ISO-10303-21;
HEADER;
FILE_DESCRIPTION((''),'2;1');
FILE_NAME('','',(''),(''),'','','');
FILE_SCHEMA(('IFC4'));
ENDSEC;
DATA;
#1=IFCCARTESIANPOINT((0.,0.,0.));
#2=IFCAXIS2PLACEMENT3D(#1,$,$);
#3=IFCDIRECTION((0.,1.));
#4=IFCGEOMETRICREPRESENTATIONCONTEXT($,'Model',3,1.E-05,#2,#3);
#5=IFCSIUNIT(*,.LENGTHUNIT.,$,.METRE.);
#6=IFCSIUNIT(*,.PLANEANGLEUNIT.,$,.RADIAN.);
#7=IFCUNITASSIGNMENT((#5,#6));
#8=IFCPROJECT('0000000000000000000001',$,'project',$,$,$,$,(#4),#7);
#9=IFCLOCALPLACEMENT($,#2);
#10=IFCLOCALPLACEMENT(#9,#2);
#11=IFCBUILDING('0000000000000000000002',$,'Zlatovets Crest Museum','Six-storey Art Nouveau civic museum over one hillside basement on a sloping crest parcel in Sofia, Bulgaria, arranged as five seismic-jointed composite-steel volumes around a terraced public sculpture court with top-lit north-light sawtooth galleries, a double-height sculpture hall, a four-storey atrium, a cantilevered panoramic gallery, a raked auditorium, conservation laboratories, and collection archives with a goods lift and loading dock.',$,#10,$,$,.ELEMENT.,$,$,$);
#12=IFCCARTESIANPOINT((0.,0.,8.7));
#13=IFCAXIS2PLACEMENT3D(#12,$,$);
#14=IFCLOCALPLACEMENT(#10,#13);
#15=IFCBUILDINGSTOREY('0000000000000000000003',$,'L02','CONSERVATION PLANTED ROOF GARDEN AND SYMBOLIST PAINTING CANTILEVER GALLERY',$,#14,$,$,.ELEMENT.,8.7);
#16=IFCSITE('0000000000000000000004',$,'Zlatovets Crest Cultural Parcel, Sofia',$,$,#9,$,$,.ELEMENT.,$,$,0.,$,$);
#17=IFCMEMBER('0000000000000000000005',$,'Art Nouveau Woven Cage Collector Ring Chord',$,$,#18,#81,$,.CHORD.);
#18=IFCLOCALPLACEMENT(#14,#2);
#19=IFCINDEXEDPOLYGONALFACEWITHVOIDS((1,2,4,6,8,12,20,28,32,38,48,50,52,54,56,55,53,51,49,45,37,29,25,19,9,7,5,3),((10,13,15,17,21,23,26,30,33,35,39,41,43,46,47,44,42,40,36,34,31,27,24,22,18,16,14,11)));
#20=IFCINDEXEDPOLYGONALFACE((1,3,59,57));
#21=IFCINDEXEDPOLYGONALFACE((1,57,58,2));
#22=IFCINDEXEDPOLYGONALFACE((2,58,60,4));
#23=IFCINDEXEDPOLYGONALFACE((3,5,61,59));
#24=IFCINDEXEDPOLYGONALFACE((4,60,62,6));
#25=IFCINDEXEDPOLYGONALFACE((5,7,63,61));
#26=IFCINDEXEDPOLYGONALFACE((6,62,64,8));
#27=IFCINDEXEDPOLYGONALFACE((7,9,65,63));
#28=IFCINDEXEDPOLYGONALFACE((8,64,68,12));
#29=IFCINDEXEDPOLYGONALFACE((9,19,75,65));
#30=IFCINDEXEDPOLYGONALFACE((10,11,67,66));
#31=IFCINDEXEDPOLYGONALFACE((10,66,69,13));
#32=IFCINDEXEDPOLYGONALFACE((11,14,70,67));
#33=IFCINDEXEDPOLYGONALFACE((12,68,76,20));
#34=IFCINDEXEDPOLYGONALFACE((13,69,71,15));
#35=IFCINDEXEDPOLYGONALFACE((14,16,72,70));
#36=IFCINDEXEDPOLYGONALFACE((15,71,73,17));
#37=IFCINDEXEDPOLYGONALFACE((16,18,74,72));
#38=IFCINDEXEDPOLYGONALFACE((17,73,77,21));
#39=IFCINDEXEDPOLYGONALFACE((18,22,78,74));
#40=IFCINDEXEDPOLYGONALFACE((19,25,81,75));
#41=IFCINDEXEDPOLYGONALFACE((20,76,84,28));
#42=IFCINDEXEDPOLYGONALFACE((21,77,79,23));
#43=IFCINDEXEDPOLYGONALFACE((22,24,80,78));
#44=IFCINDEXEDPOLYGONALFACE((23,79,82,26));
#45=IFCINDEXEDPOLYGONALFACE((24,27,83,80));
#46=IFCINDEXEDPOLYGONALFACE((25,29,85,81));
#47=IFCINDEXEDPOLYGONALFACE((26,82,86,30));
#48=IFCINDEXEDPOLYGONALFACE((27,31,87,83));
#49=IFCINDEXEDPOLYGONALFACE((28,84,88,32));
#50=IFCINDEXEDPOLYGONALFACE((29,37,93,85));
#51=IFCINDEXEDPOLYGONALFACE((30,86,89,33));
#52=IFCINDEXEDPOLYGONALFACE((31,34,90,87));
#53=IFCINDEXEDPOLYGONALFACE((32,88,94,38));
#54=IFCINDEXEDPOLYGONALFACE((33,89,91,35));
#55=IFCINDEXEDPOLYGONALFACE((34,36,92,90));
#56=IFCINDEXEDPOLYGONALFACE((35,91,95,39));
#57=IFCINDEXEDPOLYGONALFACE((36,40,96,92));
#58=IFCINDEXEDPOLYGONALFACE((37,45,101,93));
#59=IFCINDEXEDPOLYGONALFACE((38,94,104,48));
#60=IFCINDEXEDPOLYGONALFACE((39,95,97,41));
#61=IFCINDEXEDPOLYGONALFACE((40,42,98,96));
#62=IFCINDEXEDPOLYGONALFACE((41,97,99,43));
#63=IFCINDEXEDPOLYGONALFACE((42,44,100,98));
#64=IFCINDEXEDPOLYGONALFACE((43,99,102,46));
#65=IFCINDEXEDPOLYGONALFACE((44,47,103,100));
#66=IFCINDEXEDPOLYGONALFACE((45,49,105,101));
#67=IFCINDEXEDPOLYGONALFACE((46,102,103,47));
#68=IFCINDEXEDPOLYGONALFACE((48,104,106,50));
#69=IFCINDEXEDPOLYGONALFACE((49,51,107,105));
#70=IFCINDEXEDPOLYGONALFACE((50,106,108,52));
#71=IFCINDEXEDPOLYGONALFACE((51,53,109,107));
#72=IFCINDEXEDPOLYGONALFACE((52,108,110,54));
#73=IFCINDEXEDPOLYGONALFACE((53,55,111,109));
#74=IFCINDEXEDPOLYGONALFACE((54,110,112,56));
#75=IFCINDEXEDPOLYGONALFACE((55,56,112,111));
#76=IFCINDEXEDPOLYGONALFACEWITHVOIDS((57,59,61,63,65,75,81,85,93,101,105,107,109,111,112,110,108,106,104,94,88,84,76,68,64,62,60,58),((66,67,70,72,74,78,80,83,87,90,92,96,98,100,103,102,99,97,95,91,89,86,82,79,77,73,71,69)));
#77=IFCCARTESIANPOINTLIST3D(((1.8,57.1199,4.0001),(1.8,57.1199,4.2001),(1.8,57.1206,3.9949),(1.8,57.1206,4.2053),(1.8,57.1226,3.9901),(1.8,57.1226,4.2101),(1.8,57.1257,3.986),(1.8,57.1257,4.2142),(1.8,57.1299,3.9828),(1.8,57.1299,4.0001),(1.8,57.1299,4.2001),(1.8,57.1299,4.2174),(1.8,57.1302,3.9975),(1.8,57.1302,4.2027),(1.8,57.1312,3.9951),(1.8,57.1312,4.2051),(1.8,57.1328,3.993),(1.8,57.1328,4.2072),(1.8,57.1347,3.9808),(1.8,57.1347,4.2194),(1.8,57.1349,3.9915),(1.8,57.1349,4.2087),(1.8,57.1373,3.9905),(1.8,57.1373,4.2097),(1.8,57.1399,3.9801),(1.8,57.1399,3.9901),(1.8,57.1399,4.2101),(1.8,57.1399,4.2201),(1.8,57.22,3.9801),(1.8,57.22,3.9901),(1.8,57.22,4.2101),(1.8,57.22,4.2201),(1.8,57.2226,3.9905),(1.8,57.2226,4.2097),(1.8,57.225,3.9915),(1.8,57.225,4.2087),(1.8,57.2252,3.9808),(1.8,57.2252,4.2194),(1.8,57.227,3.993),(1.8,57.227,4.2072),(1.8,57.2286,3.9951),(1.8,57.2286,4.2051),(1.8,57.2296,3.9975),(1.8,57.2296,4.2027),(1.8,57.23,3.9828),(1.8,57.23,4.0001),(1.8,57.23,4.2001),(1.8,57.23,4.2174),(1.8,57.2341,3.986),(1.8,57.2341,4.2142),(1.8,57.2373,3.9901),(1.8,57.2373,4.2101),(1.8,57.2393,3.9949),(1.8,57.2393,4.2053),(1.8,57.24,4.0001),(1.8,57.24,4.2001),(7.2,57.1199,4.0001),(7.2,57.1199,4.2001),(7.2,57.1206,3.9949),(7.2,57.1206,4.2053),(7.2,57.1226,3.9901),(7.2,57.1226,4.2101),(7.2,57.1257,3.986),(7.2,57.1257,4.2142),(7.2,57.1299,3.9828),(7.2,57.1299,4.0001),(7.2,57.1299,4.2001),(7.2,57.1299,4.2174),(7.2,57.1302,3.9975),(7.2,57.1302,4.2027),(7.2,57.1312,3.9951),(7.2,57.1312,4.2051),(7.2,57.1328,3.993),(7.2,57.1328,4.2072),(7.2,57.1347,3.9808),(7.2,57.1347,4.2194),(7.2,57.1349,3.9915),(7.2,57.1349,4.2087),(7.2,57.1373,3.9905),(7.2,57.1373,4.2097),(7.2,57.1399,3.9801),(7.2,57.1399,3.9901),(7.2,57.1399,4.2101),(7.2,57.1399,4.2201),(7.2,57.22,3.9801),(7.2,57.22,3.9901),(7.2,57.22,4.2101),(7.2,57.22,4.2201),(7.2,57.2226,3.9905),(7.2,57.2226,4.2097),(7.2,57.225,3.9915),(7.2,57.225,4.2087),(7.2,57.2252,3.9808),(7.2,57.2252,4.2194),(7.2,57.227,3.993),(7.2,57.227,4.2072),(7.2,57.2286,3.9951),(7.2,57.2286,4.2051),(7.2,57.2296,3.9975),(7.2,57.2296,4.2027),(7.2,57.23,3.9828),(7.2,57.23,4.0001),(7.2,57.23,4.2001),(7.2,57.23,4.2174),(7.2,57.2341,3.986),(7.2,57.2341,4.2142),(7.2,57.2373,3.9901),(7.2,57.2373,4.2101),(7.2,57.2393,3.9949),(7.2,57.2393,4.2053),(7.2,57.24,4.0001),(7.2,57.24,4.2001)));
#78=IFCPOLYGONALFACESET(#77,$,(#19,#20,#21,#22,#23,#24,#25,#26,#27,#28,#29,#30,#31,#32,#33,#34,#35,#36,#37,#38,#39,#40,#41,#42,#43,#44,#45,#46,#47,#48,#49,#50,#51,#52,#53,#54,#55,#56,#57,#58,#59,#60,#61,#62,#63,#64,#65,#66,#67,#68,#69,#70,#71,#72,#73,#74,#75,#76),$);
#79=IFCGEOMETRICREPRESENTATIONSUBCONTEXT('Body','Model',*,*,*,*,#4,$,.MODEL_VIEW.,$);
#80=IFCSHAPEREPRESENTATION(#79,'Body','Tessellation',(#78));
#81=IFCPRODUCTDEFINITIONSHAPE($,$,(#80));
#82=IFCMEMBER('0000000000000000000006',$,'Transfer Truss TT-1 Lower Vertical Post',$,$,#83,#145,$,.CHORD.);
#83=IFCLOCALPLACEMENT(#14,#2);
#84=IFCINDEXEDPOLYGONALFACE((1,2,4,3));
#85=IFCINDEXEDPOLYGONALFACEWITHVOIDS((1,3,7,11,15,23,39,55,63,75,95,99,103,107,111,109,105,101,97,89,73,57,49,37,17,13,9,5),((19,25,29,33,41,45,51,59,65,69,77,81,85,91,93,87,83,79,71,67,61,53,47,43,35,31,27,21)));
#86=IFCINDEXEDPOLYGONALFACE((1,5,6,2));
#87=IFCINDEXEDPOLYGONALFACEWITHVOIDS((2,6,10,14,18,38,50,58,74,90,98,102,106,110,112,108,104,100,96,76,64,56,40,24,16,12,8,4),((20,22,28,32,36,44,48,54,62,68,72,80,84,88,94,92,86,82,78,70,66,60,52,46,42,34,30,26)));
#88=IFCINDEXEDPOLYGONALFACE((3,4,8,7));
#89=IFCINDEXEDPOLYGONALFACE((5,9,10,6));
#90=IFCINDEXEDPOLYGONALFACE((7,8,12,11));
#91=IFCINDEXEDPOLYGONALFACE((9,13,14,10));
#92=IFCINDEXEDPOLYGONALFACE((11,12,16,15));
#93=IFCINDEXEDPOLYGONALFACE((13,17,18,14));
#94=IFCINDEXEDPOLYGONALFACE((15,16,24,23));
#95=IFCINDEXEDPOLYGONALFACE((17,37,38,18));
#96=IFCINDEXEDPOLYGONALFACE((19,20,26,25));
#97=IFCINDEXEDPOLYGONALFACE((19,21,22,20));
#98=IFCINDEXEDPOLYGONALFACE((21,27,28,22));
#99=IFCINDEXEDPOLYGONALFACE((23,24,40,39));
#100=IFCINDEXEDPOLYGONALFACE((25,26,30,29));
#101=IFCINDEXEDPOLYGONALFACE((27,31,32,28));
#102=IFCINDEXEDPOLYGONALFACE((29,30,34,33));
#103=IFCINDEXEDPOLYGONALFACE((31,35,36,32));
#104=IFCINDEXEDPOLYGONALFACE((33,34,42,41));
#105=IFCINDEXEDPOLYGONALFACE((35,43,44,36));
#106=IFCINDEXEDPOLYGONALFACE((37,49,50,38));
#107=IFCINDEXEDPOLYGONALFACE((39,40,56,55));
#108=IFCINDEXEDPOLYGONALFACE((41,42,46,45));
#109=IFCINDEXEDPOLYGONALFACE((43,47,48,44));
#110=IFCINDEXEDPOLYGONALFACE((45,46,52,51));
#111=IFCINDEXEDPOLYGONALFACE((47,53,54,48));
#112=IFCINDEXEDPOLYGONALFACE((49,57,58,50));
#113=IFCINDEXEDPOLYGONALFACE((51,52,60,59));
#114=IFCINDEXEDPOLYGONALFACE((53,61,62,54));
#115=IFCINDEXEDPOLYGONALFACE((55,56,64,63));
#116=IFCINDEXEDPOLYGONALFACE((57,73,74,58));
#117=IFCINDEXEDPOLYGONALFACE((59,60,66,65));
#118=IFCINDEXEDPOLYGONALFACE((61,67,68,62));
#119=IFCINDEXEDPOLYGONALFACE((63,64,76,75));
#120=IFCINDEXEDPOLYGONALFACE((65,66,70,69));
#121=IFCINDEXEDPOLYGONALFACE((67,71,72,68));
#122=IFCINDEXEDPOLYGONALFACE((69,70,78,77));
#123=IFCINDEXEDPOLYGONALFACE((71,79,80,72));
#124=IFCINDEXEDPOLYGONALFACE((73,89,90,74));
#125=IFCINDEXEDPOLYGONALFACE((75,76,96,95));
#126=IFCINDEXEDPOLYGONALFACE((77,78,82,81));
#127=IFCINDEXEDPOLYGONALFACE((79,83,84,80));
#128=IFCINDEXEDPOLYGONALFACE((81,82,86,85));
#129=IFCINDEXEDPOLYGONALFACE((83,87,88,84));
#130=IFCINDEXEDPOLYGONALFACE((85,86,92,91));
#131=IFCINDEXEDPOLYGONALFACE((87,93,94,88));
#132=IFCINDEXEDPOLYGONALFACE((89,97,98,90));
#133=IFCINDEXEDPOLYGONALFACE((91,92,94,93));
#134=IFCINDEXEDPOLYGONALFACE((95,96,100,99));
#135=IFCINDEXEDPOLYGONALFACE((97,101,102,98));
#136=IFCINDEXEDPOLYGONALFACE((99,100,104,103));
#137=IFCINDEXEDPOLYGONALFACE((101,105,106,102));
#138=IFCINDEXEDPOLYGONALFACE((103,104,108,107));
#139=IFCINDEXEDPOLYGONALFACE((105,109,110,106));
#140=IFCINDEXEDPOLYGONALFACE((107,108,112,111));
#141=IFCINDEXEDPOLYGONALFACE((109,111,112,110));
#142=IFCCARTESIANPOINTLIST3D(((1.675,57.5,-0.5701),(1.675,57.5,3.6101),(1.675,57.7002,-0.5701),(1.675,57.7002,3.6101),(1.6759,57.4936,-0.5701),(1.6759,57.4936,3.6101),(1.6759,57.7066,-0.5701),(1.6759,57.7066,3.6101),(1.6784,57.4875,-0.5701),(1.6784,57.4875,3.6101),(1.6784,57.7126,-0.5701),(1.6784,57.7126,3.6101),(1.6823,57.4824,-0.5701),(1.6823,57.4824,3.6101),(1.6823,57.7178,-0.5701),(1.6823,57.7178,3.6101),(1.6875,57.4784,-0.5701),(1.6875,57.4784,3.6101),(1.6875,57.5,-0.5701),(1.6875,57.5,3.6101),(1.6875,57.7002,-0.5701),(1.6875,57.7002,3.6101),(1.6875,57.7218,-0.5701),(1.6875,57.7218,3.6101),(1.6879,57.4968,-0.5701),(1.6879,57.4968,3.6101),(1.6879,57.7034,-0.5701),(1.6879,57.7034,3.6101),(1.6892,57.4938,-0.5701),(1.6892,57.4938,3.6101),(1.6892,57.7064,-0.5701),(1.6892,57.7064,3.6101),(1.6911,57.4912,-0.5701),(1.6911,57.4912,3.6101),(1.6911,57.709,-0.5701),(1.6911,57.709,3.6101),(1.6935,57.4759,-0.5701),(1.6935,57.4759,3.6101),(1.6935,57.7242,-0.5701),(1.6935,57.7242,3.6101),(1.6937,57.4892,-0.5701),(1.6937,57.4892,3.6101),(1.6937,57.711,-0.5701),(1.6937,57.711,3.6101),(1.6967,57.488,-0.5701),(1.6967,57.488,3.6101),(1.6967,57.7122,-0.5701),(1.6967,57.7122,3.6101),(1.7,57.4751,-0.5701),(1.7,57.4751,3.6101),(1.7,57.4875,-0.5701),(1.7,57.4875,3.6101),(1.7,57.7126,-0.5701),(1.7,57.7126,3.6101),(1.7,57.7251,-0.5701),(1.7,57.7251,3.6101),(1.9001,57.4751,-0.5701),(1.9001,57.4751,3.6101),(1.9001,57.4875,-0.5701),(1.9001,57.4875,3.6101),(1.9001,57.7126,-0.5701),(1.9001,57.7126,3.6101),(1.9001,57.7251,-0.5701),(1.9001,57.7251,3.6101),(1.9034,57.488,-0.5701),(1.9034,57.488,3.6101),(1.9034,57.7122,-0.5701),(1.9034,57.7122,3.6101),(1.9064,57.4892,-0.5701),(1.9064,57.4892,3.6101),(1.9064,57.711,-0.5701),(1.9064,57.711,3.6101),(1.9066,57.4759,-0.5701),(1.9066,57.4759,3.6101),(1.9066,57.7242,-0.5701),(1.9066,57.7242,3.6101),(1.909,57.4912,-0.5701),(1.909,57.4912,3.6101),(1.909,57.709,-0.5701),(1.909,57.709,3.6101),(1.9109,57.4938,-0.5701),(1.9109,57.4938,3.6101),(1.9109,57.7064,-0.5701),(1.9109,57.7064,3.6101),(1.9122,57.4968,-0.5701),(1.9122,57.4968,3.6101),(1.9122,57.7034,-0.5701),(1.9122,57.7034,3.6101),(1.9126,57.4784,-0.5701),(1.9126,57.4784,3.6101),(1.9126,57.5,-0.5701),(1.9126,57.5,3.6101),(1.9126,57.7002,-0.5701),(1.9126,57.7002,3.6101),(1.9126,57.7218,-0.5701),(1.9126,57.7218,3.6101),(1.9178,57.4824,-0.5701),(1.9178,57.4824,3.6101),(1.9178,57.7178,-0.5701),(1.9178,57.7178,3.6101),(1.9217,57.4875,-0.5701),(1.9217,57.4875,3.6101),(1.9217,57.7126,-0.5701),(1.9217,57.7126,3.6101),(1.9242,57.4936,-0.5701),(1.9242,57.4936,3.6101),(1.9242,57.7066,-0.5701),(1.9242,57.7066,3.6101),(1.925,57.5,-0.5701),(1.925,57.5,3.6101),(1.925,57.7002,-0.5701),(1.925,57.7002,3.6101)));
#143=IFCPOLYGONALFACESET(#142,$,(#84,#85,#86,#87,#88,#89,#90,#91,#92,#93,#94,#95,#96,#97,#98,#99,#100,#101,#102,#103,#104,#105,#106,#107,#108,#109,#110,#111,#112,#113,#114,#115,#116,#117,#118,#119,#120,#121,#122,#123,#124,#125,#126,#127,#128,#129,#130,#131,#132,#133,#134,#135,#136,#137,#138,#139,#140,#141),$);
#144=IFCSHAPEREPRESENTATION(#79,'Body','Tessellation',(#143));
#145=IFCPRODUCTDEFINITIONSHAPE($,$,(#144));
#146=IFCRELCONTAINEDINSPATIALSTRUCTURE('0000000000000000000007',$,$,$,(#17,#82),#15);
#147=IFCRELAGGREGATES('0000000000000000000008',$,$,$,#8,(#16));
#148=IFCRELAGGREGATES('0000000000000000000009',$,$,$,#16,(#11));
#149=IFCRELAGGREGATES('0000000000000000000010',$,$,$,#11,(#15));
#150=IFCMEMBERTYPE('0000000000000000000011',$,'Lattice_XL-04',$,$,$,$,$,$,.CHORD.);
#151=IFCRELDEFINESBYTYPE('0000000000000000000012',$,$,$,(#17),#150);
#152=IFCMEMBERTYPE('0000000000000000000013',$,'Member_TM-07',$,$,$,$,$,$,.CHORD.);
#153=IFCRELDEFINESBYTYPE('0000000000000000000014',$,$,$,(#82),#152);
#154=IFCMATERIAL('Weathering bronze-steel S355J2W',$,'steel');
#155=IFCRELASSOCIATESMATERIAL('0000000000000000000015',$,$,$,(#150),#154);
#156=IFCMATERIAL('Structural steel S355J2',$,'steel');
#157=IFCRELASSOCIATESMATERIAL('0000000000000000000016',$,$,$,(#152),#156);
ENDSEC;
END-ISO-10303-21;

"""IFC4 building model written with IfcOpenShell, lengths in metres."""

from ifc_helpers import new_model, si_unit, direction, frame, origin, origin_2d, place, context, subcontext, project, spatial, hollow_rectangle, extrude, material, material_profile, profile_set, type_object, element, save


model = new_model("IFC4")

# Units and contexts
model_context = context("Model", 3, precision=1e-05, world=origin(), true_north=direction((0.0, 1.0)))
body_context = subcontext(model_context, "Body", "Model", "MODEL_VIEW")
ifc_project = project(units=[si_unit("LENGTHUNIT", "METRE"), si_unit("PLANEANGLEUNIT", "RADIAN")], contexts=[model_context])

# Site, building, storey
site_placement = place(None, origin())
site = spatial("IfcSite", under=ifc_project, at=site_placement, Name="Zlatovets Crest Cultural Parcel, Sofia", CompositionType="ELEMENT", RefElevation=0.0)
building_placement = place(site_placement, origin())
building = spatial("IfcBuilding", under=site, at=building_placement, Name="Zlatovets Crest Museum", Description="Six-storey Art Nouveau civic museum over one hillside basement on a sloping crest parcel in Sofia, Bulgaria, arranged as five seismic-jointed composite-steel volumes around a terraced public sculpture court with top-lit north-light sawtooth galleries, a double-height sculpture hall, a four-storey atrium, a cantilevered panoramic gallery, a raked auditorium, conservation laboratories, and collection archives with a goods lift and loading dock.", CompositionType="ELEMENT")
storey_placement = place(building_placement, frame((0.0, 0.0, 8.7)))
storey = spatial("IfcBuildingStorey", under=building, at=storey_placement, Name="L02", Description="CONSERVATION PLANTED ROOF GARDEN AND SYMBOLIST PAINTING CANTILEVER GALLERY", CompositionType="ELEMENT", Elevation=8.7)

# Shared definitions
ifc_material_1 = material(Name="Structural steel S355J2", Category="steel")

# Members
ifc_material_2 = material(Name="Weathering bronze-steel S355J2W", Category="steel")
ifc_material_profile_1 = material_profile(ifc_material_2, hollow_rectangle(XDim=0.1201, YDim=0.24, WallThickness=0.01, InnerFilletRadius=0.01, OuterFilletRadius=0.02, at=origin_2d()), Name="RHS 120x240x10.0")
ifc_profile_set_1 = profile_set([ifc_material_profile_1], Name="Weathering bronze-steel S355J2W")
member_type_1 = type_object("IfcMemberType", Name="Lattice_XL-04", PredefinedType="CHORD", material=ifc_profile_set_1)
member_1_placement = place(storey_placement, frame((1.8, 57.1799, 4.1001), z_axis=(1.0, 0.0, 0.0), x_axis=(0.0, 1.0, 0.0)))
element("IfcMember", 1, at=member_1_placement, inside=storey, type_object=member_type_1, Name="Art Nouveau Woven Cage Collector Ring Chord", PredefinedType="CHORD", context=body_context, shape_type="SweptSolid", body=[
    extrude(hollow_rectangle(XDim=0.1201, YDim=0.24, WallThickness=0.01, InnerFilletRadius=0.01, OuterFilletRadius=0.02, at=origin_2d()), origin(), (0.0, 0.0, 1.0), 5.3999),
])
ifc_material_profile_2 = material_profile(ifc_material_1, hollow_rectangle(XDim=0.25, YDim=0.25, WallThickness=0.0125, InnerFilletRadius=0.0125, OuterFilletRadius=0.0249, at=origin_2d()), Name="SHS 250x250x12.5")
ifc_profile_set_2 = profile_set([ifc_material_profile_2], Name="Structural steel S355J2")
member_type_2 = type_object("IfcMemberType", Name="Member_TM-07", PredefinedType="CHORD", material=ifc_profile_set_2)
member_2_placement = place(storey_placement, frame((1.8, 57.6001, -0.5701), z_axis=(0.0, 0.0, 1.0), x_axis=(1.0, 0.0, 0.0)))
element("IfcMember", 2, at=member_2_placement, inside=storey, type_object=member_type_2, Name="Transfer Truss TT-1 Lower Vertical Post", PredefinedType="CHORD", context=body_context, shape_type="SweptSolid", body=[
    extrude(hollow_rectangle(XDim=0.25, YDim=0.25, WallThickness=0.0125, InnerFilletRadius=0.0125, OuterFilletRadius=0.0249, at=origin_2d()), origin(), (0.0, 0.0, 1.0), 4.1802),
])

save(model, "model.ifc")
